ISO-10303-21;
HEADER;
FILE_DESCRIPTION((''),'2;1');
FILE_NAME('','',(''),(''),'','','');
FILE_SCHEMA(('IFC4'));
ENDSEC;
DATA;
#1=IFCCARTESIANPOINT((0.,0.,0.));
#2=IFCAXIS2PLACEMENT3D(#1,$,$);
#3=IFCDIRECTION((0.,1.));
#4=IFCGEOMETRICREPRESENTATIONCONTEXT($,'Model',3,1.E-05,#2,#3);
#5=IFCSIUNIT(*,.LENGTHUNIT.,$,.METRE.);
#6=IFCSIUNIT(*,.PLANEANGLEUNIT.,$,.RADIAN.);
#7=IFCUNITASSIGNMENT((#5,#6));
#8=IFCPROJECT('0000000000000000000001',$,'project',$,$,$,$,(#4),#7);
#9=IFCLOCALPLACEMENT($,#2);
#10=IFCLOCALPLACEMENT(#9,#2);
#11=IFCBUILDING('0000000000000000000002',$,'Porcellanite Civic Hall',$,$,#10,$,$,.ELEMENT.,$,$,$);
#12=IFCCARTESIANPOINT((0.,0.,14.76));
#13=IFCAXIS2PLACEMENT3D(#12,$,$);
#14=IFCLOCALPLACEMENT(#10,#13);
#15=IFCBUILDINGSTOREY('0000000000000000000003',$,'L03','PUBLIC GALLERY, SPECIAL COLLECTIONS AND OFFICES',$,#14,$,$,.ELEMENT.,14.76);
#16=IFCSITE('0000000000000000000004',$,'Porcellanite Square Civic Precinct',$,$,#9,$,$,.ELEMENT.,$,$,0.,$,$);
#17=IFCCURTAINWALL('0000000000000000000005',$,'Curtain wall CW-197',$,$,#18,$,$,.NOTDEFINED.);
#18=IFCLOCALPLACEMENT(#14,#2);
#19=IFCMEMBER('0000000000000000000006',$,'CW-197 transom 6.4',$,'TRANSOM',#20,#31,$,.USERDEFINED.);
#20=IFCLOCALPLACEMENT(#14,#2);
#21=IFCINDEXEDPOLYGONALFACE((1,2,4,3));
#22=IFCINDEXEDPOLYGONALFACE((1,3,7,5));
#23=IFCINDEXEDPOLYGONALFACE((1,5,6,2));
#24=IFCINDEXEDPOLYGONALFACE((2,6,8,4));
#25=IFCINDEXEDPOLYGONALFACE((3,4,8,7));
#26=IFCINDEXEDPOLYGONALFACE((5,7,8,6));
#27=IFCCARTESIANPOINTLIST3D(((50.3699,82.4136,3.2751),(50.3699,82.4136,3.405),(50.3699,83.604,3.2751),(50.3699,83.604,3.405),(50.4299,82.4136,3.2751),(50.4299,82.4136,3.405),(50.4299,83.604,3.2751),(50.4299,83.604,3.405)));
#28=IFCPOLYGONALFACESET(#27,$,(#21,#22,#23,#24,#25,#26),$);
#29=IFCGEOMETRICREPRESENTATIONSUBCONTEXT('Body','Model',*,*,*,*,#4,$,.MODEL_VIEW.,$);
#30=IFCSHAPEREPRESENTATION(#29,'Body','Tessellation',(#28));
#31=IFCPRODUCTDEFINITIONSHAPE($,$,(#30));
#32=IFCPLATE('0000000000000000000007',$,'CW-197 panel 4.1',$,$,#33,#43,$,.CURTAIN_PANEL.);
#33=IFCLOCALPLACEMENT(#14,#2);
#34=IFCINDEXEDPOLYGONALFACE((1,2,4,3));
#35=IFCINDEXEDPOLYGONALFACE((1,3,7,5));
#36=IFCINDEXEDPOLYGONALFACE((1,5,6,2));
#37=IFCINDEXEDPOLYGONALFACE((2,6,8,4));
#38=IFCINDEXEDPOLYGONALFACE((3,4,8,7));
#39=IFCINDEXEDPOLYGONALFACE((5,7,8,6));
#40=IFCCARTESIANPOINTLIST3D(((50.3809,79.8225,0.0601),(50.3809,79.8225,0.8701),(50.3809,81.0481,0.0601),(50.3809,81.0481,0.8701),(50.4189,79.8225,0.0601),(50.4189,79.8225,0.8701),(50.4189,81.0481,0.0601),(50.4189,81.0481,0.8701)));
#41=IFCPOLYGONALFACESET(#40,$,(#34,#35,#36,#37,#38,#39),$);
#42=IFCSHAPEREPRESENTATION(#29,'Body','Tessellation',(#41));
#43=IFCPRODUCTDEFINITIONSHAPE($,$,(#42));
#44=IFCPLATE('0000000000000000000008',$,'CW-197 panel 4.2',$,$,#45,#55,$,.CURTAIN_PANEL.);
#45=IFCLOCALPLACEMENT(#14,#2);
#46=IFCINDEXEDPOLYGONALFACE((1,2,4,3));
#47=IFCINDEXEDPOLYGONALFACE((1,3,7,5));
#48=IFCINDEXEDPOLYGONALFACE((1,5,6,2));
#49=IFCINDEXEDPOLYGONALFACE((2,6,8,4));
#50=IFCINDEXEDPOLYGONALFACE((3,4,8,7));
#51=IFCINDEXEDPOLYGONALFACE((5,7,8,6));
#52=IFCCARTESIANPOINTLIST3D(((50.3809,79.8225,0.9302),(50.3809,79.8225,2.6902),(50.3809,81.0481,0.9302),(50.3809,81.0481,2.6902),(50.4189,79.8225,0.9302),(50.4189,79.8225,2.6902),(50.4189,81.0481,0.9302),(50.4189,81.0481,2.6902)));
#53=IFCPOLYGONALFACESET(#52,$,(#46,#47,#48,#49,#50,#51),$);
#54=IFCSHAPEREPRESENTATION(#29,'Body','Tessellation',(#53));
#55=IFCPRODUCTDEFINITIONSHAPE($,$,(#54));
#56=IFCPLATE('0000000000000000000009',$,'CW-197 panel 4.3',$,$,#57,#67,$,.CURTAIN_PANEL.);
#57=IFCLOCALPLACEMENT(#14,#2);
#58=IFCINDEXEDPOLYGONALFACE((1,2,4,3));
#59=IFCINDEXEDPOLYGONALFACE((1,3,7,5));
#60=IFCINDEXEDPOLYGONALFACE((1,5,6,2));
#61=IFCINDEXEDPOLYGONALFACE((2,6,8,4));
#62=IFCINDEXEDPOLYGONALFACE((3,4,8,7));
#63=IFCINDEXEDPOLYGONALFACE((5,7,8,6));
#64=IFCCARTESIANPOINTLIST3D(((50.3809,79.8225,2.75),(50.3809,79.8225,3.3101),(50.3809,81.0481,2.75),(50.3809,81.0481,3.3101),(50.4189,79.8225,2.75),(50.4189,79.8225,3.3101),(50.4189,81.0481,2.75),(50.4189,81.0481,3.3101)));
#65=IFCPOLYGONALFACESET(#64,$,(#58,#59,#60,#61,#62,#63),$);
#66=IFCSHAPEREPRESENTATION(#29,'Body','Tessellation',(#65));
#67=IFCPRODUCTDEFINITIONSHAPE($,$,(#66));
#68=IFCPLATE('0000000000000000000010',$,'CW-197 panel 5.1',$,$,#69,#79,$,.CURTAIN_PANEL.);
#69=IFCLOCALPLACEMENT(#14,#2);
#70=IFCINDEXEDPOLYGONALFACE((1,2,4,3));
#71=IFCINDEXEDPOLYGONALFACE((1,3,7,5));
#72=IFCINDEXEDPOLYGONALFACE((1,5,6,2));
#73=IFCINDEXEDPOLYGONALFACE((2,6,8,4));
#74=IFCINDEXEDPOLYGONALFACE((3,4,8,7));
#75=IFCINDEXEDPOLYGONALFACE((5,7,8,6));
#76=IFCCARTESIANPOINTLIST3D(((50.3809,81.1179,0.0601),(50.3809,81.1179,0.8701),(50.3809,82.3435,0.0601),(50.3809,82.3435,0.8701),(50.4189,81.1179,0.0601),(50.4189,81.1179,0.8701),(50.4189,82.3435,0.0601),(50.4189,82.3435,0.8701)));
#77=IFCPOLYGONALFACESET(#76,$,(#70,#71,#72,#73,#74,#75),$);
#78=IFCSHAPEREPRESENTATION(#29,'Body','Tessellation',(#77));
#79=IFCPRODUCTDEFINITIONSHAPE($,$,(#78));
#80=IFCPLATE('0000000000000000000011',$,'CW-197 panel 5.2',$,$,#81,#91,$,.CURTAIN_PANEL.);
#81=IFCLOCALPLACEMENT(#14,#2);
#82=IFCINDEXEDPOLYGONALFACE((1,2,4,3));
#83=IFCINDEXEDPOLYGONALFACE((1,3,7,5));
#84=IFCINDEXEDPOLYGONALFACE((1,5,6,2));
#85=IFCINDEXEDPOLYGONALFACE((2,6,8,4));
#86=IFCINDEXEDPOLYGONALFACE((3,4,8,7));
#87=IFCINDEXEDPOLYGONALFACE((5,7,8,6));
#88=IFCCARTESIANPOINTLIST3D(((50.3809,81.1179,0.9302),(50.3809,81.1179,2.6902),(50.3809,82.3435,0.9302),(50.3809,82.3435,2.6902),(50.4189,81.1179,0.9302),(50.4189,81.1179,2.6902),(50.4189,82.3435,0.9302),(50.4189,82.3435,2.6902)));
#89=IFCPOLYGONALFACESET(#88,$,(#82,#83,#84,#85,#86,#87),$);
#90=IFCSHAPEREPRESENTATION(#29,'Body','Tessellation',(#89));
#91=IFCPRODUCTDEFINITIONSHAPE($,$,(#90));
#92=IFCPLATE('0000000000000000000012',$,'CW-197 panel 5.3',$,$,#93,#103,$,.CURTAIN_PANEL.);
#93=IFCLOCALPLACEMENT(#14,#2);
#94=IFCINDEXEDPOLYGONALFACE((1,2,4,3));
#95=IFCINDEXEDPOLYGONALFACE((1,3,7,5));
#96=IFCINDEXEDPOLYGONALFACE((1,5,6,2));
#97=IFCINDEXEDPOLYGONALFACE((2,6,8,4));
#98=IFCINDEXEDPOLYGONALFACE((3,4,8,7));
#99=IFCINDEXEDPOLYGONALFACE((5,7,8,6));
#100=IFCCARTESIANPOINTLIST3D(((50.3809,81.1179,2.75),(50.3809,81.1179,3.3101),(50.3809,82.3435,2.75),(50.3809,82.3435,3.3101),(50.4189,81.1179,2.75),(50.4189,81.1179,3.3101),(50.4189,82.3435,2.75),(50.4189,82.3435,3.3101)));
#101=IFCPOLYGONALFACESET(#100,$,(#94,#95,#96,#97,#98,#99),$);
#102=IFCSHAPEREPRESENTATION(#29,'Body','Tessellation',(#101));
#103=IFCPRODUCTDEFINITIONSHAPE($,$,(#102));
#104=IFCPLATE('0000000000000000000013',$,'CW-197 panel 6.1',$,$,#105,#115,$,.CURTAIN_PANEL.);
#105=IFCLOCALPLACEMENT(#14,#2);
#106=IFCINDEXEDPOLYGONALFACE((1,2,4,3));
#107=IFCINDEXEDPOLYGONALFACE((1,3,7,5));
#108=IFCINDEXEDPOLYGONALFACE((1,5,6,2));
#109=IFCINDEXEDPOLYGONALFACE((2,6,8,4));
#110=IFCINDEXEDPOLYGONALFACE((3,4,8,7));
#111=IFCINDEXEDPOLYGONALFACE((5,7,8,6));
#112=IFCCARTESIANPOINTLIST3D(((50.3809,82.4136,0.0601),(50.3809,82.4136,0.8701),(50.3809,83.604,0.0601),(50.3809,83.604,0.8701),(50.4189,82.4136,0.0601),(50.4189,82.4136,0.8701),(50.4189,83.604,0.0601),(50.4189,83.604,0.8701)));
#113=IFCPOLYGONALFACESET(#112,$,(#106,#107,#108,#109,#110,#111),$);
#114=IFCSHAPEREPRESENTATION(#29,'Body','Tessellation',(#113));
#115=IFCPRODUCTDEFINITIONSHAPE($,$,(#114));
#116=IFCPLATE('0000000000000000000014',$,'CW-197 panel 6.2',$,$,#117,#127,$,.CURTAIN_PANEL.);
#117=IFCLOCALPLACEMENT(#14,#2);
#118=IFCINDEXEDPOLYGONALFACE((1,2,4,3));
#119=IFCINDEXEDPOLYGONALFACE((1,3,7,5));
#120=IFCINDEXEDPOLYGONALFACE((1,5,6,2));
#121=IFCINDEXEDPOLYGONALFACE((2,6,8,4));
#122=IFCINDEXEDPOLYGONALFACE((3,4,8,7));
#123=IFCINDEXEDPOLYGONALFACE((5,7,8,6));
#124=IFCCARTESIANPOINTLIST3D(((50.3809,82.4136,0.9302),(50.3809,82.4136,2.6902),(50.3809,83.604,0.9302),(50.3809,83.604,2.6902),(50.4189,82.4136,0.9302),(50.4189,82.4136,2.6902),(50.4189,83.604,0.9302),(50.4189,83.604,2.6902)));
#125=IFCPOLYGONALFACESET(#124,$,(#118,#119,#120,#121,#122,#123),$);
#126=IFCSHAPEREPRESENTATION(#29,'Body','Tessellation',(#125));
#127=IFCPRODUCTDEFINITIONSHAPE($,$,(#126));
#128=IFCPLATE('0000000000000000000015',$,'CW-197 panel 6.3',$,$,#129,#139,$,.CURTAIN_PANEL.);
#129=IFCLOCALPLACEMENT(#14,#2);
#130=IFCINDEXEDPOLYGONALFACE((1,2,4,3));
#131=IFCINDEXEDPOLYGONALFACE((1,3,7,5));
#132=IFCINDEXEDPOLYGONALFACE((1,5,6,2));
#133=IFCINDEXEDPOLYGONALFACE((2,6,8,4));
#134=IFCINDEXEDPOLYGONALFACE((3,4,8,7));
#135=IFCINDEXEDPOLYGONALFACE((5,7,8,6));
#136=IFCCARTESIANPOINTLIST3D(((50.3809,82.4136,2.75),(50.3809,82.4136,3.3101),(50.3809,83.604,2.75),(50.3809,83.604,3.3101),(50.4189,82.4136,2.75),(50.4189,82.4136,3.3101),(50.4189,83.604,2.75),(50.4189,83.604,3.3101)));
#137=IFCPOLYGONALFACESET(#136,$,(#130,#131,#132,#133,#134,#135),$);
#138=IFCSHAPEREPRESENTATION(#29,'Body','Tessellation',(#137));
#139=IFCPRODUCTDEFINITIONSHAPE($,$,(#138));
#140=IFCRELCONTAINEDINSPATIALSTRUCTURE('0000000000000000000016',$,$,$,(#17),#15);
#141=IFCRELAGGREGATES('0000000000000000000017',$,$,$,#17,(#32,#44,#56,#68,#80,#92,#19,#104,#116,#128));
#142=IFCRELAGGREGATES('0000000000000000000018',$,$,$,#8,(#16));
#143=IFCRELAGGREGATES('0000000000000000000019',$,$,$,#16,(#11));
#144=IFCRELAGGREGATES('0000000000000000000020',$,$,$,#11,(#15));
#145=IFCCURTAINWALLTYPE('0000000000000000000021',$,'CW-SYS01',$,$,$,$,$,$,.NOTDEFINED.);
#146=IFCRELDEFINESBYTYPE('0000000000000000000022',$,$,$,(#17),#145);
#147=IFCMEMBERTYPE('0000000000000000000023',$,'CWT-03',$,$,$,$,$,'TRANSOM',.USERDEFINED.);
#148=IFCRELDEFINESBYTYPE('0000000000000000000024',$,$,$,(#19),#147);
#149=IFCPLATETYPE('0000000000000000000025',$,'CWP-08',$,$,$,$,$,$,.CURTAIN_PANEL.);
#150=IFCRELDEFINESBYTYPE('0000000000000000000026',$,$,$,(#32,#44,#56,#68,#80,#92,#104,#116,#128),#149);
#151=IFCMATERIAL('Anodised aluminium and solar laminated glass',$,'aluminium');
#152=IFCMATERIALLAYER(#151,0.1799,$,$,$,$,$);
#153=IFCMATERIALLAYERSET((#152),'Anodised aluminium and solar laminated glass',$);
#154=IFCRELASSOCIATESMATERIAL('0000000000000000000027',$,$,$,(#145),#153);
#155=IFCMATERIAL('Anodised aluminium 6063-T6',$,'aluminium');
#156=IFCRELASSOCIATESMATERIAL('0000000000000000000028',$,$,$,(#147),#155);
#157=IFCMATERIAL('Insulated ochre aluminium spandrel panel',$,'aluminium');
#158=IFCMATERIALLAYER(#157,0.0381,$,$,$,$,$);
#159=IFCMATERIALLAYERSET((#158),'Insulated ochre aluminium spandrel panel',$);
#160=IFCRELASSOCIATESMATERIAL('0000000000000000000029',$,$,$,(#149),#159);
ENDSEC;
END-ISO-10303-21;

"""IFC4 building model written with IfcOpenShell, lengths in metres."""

from ifc_helpers import new_model, si_unit, direction, frame, origin, origin_2d, place, context, subcontext, project, spatial, rectangle, extrude, material, layer, layer_set, material_profile, profile_set, type_object, element, aggregate, save


model = new_model("IFC4")

# Units and contexts
model_context = context("Model", 3, precision=1e-05, world=origin(), true_north=direction((0.0, 1.0)))
body_context = subcontext(model_context, "Body", "Model", "MODEL_VIEW")
ifc_project = project(units=[si_unit("LENGTHUNIT", "METRE"), si_unit("PLANEANGLEUNIT", "RADIAN")], contexts=[model_context])

# Site, building, storey
site_placement = place(None, origin())
site = spatial("IfcSite", under=ifc_project, at=site_placement, Name="Porcellanite Square Civic Precinct", CompositionType="ELEMENT", RefElevation=0.0)
building_placement = place(site_placement, origin())
building = spatial("IfcBuilding", under=site, at=building_placement, Name="Porcellanite Civic Hall", CompositionType="ELEMENT")
storey_placement = place(building_placement, frame((0.0, 0.0, 14.76)))
storey = spatial("IfcBuildingStorey", under=building, at=storey_placement, Name="L03", Description="PUBLIC GALLERY, SPECIAL COLLECTIONS AND OFFICES", CompositionType="ELEMENT", Elevation=14.76)

# Curtain wall, member, plates
ifc_material_1 = material(Name="Anodised aluminium and solar laminated glass", Category="aluminium")
ifc_layer_1 = layer(ifc_material_1, 0.1799)
ifc_layer_set_1 = layer_set([ifc_layer_1], Name="Anodised aluminium and solar laminated glass")
curtain_wall_type = type_object("IfcCurtainWallType", Name="CW-SYS01", PredefinedType="NOTDEFINED", material=ifc_layer_set_1)
curtain_wall_placement = place(storey_placement, origin())
curtain_wall = element("IfcCurtainWall", 1, at=curtain_wall_placement, inside=storey, type_object=curtain_wall_type, Name="Curtain wall CW-197", PredefinedType="NOTDEFINED")
ifc_material_2 = material(Name="Anodised aluminium 6063-T6", Category="aluminium")
ifc_material_profile_1 = material_profile(ifc_material_2, rectangle(XDim=0.0601, YDim=0.1299, at=origin_2d()), Name="AL-60x130")
ifc_profile_set_1 = profile_set([ifc_material_profile_1], Name="Anodised aluminium 6063-T6")
member_type_1 = type_object("IfcMemberType", Name="CWT-03", ElementType="TRANSOM", PredefinedType="USERDEFINED", material=ifc_profile_set_1)
member_1_placement = place(storey_placement, frame((50.3999, 82.4136, 3.3401), z_axis=(0.0, 1.0, 0.0), x_axis=(-1.0, 0.0, 0.0)))
member_1 = element("IfcMember", 2, at=member_1_placement, type_object=member_type_1, Name="CW-197 transom 6.4", ObjectType="TRANSOM", PredefinedType="USERDEFINED", context=body_context, shape_type="SweptSolid", body=[
    extrude(rectangle(XDim=0.0601, YDim=0.1299, at=origin_2d()), origin(), (0.0, 0.0, 1.0), 1.1904),
])
ifc_material_3 = material(Name="Insulated ochre aluminium spandrel panel", Category="aluminium")
ifc_layer_2 = layer(ifc_material_3, 0.0381)
ifc_layer_set_2 = layer_set([ifc_layer_2], Name="Insulated ochre aluminium spandrel panel")
plate_type = type_object("IfcPlateType", Name="CWP-08", PredefinedType="CURTAIN_PANEL", material=ifc_layer_set_2)
plate_1_placement = place(storey_placement, frame((50.3999, 80.4353, 0.0601), z_axis=(0.0, 0.0, 1.0), x_axis=(0.0, 1.0, 0.0)))
plate_1 = element("IfcPlate", 3, at=plate_1_placement, type_object=plate_type, Name="CW-197 panel 4.1", PredefinedType="CURTAIN_PANEL", context=body_context, shape_type="SweptSolid", body=[
    extrude(rectangle(XDim=1.2256, YDim=0.0381, at=origin_2d()), origin(), (0.0, 0.0, 1.0), 0.8101),
])
plate_2_placement = place(storey_placement, frame((50.3999, 80.4353, 0.9302), z_axis=(0.0, 0.0, 1.0), x_axis=(0.0, 1.0, 0.0)))
plate_2 = element("IfcPlate", 4, at=plate_2_placement, type_object=plate_type, Name="CW-197 panel 4.2", PredefinedType="CURTAIN_PANEL", context=body_context, shape_type="SweptSolid", body=[
    extrude(rectangle(XDim=1.2256, YDim=0.0381, at=origin_2d()), origin(), (0.0, 0.0, 1.0), 1.76),
])
plate_3_placement = place(storey_placement, frame((50.3999, 80.4353, 2.75), z_axis=(0.0, 0.0, 1.0), x_axis=(0.0, 1.0, 0.0)))
plate_3 = element("IfcPlate", 5, at=plate_3_placement, type_object=plate_type, Name="CW-197 panel 4.3", PredefinedType="CURTAIN_PANEL", context=body_context, shape_type="SweptSolid", body=[
    extrude(rectangle(XDim=1.2256, YDim=0.0381, at=origin_2d()), origin(), (0.0, 0.0, 1.0), 0.5601),
])
plate_4_placement = place(storey_placement, frame((50.3999, 81.7307, 0.0601), z_axis=(0.0, 0.0, 1.0), x_axis=(0.0, 1.0, 0.0)))
plate_4 = element("IfcPlate", 6, at=plate_4_placement, type_object=plate_type, Name="CW-197 panel 5.1", PredefinedType="CURTAIN_PANEL", context=body_context, shape_type="SweptSolid", body=[
    extrude(rectangle(XDim=1.2256, YDim=0.0381, at=origin_2d()), origin(), (0.0, 0.0, 1.0), 0.8101),
])
plate_5_placement = place(storey_placement, frame((50.3999, 81.7307, 0.9302), z_axis=(0.0, 0.0, 1.0), x_axis=(0.0, 1.0, 0.0)))
plate_5 = element("IfcPlate", 7, at=plate_5_placement, type_object=plate_type, Name="CW-197 panel 5.2", PredefinedType="CURTAIN_PANEL", context=body_context, shape_type="SweptSolid", body=[
    extrude(rectangle(XDim=1.2256, YDim=0.0381, at=origin_2d()), origin(), (0.0, 0.0, 1.0), 1.76),
])
plate_6_placement = place(storey_placement, frame((50.3999, 81.7307, 2.75), z_axis=(0.0, 0.0, 1.0), x_axis=(0.0, 1.0, 0.0)))
plate_6 = element("IfcPlate", 8, at=plate_6_placement, type_object=plate_type, Name="CW-197 panel 5.3", PredefinedType="CURTAIN_PANEL", context=body_context, shape_type="SweptSolid", body=[
    extrude(rectangle(XDim=1.2256, YDim=0.0381, at=origin_2d()), origin(), (0.0, 0.0, 1.0), 0.5601),
])
plate_7_placement = place(storey_placement, frame((50.3999, 83.0088, 0.0601), z_axis=(0.0, 0.0, 1.0), x_axis=(0.0, 1.0, 0.0)))
plate_7 = element("IfcPlate", 9, at=plate_7_placement, type_object=plate_type, Name="CW-197 panel 6.1", PredefinedType="CURTAIN_PANEL", context=body_context, shape_type="SweptSolid", body=[
    extrude(rectangle(XDim=1.1904, YDim=0.0381, at=origin_2d()), origin(), (0.0, 0.0, 1.0), 0.8101),
])
plate_8_placement = place(storey_placement, frame((50.3999, 83.0088, 0.9302), z_axis=(0.0, 0.0, 1.0), x_axis=(0.0, 1.0, 0.0)))
plate_8 = element("IfcPlate", 10, at=plate_8_placement, type_object=plate_type, Name="CW-197 panel 6.2", PredefinedType="CURTAIN_PANEL", context=body_context, shape_type="SweptSolid", body=[
    extrude(rectangle(XDim=1.1904, YDim=0.0381, at=origin_2d()), origin(), (0.0, 0.0, 1.0), 1.76),
])
plate_9_placement = place(storey_placement, frame((50.3999, 83.0088, 2.75), z_axis=(0.0, 0.0, 1.0), x_axis=(0.0, 1.0, 0.0)))
plate_9 = element("IfcPlate", 11, at=plate_9_placement, type_object=plate_type, Name="CW-197 panel 6.3", PredefinedType="CURTAIN_PANEL", context=body_context, shape_type="SweptSolid", body=[
    extrude(rectangle(XDim=1.1904, YDim=0.0381, at=origin_2d()), origin(), (0.0, 0.0, 1.0), 0.5601),
])
aggregate(curtain_wall, [plate_1, plate_2, plate_3, plate_4, plate_5, plate_6, member_1, plate_7, plate_8, plate_9])

save(model, "model.ifc")
